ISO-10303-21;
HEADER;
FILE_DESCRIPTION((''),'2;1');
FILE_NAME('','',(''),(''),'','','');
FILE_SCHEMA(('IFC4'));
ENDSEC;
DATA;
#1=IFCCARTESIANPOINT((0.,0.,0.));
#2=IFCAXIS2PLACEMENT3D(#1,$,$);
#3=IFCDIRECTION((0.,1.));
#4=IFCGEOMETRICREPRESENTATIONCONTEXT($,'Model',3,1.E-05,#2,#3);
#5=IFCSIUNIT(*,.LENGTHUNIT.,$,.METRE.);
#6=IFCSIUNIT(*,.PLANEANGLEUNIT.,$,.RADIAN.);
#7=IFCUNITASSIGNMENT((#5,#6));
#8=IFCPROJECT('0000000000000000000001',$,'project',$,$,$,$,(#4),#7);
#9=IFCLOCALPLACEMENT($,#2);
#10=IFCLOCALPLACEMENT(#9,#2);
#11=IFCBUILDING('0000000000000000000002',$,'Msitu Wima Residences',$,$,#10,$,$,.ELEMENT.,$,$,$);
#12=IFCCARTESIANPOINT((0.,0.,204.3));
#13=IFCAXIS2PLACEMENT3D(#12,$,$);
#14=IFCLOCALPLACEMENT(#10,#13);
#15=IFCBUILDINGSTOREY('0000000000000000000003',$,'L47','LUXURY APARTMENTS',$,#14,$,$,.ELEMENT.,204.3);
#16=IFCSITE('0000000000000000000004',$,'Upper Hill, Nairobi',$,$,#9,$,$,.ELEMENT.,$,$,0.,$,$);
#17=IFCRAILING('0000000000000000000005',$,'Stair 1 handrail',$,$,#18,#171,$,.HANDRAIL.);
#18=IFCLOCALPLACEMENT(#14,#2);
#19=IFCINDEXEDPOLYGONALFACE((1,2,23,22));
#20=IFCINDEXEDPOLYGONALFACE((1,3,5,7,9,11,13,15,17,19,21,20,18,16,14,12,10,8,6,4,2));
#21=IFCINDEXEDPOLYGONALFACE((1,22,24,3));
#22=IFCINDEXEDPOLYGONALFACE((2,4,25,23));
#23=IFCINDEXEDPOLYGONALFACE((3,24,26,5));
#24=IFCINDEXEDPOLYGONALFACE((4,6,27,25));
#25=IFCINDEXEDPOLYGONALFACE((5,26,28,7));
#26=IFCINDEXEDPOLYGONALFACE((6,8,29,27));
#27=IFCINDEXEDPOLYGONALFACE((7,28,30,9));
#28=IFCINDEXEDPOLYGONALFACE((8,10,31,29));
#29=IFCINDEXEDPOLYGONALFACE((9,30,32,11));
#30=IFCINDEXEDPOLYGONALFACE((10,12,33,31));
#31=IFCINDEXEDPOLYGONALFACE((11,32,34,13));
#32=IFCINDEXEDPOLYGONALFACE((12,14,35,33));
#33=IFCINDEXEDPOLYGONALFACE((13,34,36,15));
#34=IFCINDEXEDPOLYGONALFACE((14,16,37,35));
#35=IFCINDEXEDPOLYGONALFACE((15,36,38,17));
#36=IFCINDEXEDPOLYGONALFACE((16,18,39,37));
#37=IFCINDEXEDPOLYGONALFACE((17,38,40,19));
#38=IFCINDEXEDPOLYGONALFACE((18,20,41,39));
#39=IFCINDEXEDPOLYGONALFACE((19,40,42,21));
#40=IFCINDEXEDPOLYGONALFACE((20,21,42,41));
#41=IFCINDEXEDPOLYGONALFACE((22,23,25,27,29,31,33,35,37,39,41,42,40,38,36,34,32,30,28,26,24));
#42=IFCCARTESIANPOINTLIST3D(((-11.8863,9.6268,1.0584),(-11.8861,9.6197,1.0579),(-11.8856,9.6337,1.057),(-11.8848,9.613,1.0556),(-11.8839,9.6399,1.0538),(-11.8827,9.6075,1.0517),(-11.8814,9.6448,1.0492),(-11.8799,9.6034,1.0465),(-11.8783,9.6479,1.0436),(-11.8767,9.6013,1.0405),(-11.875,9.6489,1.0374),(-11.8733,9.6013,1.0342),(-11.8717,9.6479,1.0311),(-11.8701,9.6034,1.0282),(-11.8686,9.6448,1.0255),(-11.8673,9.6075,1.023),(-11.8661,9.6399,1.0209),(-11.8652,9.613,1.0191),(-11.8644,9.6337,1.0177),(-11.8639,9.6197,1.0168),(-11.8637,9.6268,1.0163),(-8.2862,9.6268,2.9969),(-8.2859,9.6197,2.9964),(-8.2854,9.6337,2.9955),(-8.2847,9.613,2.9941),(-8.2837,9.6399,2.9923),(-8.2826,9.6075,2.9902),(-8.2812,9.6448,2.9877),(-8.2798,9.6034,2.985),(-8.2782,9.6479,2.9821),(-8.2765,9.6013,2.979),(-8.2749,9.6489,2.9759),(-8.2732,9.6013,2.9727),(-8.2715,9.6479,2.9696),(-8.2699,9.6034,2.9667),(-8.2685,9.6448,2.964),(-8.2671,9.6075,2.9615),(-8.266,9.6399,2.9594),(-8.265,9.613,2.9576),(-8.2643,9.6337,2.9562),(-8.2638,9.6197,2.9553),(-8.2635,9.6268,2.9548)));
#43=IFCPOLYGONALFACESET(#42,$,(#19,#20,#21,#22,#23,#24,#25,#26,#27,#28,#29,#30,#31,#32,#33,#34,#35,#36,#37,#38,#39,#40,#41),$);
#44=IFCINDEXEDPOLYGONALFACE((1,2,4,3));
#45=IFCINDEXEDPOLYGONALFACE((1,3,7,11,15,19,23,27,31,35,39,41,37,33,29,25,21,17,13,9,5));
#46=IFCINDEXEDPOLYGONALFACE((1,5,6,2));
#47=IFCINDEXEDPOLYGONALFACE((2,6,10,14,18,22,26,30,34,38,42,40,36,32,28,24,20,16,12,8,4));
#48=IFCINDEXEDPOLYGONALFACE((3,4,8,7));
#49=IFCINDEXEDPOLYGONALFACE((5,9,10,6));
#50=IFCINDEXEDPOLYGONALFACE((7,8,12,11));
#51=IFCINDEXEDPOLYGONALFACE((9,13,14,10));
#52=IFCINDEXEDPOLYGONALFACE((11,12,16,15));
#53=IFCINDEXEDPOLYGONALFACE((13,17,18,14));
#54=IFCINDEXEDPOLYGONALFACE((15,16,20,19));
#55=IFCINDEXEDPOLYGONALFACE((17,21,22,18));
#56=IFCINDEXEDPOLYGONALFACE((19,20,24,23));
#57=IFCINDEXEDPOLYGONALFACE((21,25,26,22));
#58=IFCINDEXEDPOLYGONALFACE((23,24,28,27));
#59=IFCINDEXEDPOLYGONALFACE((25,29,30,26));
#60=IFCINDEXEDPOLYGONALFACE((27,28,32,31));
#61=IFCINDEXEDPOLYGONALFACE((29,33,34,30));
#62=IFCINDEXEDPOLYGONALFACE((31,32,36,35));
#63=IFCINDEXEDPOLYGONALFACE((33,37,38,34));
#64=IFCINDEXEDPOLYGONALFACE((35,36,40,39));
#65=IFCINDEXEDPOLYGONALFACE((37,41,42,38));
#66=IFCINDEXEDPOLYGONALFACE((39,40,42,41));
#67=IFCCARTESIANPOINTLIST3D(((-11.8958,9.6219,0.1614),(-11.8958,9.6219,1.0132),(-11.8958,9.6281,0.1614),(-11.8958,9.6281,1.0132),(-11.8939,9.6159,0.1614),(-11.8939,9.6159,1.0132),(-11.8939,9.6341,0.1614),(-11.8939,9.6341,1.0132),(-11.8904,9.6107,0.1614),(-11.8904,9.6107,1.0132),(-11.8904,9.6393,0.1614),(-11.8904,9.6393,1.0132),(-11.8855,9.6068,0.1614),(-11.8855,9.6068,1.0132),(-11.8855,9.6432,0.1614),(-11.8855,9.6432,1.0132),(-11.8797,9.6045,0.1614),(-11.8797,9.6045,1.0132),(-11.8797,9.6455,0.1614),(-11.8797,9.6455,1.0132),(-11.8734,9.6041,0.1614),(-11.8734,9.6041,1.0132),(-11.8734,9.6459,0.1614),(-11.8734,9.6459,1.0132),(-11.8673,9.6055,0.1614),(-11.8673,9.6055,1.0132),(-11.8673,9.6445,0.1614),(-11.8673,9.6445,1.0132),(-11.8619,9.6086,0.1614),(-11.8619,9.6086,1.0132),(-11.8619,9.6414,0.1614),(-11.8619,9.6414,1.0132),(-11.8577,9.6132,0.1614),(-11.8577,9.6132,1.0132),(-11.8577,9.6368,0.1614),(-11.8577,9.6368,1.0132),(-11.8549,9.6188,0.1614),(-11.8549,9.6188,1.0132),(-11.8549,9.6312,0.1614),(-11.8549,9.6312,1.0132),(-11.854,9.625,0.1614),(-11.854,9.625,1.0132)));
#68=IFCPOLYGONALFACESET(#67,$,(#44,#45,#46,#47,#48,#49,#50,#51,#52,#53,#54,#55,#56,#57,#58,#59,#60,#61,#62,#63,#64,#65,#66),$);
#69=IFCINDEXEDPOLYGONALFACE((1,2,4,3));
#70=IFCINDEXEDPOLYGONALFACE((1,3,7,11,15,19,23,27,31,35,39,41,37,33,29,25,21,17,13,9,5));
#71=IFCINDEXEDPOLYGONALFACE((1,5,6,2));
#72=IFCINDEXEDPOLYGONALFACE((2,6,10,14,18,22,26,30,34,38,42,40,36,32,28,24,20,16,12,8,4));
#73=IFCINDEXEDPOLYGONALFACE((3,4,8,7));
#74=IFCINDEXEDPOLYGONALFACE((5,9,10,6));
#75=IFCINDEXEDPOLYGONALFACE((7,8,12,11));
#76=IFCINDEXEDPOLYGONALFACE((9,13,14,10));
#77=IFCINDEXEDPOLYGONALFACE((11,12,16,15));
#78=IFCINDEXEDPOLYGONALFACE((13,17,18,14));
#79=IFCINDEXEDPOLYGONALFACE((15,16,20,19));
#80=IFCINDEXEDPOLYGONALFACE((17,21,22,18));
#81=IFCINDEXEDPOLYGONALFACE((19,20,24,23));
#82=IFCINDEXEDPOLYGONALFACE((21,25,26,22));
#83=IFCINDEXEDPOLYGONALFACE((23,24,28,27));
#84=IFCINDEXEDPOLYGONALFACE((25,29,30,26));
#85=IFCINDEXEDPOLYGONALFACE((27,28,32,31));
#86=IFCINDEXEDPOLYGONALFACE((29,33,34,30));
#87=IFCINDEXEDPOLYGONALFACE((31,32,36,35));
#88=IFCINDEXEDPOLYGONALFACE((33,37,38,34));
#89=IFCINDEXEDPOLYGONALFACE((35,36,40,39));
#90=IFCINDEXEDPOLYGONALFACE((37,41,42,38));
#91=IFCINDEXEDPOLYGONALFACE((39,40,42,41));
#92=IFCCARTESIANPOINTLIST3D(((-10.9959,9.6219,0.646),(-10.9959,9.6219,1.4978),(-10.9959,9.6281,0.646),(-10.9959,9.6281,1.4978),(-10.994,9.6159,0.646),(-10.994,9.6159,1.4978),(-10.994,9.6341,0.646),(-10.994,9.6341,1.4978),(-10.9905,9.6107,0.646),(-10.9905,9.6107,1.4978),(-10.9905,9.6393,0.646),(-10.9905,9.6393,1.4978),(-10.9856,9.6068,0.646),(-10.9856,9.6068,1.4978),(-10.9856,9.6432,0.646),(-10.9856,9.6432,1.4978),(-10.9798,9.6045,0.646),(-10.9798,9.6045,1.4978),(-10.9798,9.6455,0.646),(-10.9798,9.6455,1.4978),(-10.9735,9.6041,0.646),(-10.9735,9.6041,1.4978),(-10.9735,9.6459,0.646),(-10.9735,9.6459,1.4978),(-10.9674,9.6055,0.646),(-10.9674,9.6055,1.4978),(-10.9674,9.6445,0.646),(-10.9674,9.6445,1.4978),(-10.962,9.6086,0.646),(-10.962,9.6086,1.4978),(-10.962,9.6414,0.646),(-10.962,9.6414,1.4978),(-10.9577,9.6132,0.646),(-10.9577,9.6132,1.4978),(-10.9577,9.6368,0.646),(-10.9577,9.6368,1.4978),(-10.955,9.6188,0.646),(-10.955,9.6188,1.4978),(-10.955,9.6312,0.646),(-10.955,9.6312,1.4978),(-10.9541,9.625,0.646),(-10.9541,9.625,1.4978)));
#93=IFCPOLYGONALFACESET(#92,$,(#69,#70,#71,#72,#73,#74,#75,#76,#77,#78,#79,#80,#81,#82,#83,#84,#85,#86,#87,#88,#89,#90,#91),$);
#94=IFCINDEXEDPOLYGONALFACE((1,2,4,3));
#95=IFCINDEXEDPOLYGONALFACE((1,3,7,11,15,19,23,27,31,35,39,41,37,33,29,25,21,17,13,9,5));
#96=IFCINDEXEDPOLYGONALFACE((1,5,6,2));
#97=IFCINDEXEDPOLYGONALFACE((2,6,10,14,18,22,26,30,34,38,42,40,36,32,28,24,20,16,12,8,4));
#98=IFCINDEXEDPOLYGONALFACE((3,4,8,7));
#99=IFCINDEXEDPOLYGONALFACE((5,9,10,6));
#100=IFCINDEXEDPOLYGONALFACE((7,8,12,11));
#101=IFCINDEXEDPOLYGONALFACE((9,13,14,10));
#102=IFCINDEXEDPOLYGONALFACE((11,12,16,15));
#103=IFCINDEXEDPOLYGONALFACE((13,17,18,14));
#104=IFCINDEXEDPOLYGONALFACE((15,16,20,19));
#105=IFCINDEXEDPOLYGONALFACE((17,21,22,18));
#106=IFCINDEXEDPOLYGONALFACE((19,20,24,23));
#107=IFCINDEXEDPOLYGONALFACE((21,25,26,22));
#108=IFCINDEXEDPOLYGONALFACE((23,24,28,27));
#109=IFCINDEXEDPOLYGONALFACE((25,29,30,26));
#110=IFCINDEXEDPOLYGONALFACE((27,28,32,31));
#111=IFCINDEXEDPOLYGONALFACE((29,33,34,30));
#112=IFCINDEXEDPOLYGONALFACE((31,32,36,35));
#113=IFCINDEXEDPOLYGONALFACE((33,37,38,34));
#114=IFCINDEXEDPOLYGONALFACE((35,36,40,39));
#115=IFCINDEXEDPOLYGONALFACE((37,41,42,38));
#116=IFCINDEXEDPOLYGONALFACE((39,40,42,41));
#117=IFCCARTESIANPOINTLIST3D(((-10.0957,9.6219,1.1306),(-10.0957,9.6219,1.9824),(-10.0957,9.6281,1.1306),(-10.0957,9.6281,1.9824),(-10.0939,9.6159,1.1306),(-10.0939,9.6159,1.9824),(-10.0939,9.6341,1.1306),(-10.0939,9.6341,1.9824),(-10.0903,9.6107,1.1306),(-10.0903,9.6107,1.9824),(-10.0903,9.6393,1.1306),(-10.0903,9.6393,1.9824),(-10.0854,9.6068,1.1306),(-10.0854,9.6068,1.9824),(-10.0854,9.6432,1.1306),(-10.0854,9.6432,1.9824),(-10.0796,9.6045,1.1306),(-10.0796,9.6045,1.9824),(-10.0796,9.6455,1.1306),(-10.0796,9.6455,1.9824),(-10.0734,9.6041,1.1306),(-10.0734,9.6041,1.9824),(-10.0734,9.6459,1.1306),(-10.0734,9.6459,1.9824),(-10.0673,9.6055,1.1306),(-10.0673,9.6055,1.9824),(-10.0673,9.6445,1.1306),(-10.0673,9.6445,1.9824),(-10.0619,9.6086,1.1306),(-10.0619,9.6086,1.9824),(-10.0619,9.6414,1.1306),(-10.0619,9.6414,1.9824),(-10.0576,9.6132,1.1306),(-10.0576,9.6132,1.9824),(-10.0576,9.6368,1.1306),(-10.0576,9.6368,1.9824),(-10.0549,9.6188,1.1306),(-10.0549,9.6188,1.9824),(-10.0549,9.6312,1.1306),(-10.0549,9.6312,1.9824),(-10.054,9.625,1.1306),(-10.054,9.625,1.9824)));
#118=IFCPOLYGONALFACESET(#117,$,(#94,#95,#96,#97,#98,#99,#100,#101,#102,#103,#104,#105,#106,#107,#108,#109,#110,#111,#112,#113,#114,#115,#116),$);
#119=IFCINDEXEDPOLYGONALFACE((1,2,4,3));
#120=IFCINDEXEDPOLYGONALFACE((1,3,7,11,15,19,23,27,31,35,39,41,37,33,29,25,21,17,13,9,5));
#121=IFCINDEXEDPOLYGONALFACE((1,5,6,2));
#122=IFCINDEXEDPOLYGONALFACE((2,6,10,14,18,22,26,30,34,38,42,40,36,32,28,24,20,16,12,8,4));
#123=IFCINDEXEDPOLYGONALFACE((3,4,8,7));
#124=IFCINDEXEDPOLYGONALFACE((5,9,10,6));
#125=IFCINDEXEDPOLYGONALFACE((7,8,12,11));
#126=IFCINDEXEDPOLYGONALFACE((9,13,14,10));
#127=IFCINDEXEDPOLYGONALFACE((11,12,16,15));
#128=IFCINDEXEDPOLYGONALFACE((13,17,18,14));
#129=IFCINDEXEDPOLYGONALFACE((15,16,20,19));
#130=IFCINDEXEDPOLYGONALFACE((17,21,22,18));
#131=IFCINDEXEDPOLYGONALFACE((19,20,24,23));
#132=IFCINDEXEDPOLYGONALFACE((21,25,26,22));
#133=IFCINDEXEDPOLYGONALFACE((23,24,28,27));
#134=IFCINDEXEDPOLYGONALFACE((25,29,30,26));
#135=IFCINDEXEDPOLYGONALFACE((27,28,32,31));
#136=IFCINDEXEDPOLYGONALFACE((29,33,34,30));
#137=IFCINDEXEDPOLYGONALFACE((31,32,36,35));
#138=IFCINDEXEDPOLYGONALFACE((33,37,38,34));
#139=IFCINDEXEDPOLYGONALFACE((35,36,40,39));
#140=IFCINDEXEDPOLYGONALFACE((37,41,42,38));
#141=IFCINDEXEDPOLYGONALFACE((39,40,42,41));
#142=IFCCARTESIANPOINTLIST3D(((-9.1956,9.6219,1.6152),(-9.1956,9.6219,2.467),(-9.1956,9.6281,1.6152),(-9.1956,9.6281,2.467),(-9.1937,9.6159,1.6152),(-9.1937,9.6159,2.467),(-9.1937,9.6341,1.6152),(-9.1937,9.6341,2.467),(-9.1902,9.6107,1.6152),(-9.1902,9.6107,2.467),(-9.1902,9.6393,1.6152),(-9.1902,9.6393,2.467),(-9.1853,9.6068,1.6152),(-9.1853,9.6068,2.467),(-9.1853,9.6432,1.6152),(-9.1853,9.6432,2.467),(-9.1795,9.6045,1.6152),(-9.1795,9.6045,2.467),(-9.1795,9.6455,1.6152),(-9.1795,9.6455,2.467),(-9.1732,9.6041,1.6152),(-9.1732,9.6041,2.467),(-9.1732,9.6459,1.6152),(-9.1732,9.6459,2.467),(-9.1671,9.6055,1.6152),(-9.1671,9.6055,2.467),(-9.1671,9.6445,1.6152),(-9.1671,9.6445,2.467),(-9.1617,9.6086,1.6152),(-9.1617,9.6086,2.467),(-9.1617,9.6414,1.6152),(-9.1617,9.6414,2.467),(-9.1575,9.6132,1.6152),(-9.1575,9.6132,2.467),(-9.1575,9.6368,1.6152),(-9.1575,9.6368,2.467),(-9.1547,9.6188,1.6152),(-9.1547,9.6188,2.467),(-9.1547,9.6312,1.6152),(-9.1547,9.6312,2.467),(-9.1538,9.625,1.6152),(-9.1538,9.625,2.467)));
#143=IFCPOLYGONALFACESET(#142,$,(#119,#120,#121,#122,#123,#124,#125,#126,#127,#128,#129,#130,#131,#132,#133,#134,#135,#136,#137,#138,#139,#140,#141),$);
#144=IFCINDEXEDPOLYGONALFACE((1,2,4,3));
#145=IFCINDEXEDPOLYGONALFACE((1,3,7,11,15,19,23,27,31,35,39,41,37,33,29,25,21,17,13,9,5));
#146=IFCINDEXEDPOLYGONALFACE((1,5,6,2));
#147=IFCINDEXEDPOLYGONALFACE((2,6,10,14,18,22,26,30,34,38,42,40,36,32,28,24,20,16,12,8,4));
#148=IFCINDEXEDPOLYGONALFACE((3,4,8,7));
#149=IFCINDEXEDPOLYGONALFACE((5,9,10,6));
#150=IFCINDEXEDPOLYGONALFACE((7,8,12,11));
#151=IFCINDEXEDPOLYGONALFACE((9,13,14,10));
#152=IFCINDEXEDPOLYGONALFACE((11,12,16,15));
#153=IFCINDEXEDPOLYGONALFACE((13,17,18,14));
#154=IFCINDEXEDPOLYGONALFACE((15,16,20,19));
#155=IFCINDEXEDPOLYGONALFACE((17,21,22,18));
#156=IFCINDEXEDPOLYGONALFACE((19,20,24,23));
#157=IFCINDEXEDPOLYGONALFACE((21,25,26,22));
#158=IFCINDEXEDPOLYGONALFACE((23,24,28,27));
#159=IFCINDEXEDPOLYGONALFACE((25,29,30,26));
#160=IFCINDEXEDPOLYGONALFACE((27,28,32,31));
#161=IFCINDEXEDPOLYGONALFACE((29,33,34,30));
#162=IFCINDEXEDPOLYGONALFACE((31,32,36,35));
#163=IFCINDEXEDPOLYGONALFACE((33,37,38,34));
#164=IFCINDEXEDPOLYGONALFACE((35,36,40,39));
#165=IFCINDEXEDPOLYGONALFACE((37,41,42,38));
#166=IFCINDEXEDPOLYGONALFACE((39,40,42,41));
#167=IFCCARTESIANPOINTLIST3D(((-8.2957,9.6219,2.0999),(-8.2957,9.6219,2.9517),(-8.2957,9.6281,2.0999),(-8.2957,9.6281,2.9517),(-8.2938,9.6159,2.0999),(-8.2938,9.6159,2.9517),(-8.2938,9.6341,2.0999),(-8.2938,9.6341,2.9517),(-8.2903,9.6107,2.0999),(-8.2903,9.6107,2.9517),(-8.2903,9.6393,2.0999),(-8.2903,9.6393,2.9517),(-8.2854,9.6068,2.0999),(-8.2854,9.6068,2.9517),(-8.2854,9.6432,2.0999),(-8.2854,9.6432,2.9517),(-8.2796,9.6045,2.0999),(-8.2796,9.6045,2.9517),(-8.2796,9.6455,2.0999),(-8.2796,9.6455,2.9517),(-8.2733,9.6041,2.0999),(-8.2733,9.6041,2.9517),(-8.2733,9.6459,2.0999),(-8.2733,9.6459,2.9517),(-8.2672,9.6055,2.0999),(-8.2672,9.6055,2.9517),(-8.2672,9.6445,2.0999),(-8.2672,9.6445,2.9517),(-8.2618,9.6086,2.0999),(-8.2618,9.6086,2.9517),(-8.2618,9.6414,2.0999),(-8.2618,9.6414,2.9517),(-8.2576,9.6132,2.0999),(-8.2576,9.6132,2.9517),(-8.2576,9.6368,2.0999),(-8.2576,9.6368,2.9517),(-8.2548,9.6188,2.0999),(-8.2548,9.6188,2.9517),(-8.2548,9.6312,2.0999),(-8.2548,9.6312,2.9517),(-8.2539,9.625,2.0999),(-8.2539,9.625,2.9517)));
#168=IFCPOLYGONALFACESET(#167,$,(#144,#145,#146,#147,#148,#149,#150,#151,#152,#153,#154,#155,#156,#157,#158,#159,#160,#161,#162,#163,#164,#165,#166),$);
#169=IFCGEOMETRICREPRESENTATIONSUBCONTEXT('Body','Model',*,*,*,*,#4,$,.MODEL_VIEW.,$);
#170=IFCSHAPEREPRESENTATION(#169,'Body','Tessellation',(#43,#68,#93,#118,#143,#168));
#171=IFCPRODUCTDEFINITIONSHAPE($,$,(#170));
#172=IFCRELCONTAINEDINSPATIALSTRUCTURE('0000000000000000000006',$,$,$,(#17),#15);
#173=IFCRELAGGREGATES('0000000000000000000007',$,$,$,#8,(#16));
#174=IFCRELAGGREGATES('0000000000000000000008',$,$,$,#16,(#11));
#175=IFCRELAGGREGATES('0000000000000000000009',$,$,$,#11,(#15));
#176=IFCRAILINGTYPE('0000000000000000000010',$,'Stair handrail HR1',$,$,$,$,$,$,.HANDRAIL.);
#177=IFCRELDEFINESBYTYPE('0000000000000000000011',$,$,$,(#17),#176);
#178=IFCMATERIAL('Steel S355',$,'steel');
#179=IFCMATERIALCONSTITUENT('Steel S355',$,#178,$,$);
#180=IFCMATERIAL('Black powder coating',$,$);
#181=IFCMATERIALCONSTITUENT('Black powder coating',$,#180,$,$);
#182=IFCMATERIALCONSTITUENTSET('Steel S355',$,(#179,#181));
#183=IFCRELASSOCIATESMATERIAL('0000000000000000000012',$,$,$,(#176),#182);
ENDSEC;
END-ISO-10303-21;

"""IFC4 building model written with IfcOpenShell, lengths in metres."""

from ifc_helpers import new_model, si_unit, direction, frame, origin, origin_2d, place, context, subcontext, project, spatial, circle, extrude, material, constituent, constituent_set, type_object, element, save


model = new_model("IFC4")

# Units and contexts
model_context = context("Model", 3, precision=1e-05, world=origin(), true_north=direction((0.0, 1.0)))
body_context = subcontext(model_context, "Body", "Model", "MODEL_VIEW")
ifc_project = project(units=[si_unit("LENGTHUNIT", "METRE"), si_unit("PLANEANGLEUNIT", "RADIAN")], contexts=[model_context])

# Site, building, storey
site_placement = place(None, origin())
site = spatial("IfcSite", under=ifc_project, at=site_placement, Name="Upper Hill, Nairobi", CompositionType="ELEMENT", RefElevation=0.0)
building_placement = place(site_placement, origin())
building = spatial("IfcBuilding", under=site, at=building_placement, Name="Msitu Wima Residences", CompositionType="ELEMENT")
storey_placement = place(building_placement, frame((0.0, 0.0, 204.3)))
storey = spatial("IfcBuildingStorey", under=building, at=storey_placement, Name="L47", Description="LUXURY APARTMENTS", CompositionType="ELEMENT", Elevation=204.3)

# Railing
ifc_material_1 = material(Name="Steel S355", Category="steel")
ifc_constituent_1 = constituent(ifc_material_1, Name="Steel S355")
ifc_material_2 = material(Name="Black powder coating")
ifc_constituent_2 = constituent(ifc_material_2, Name="Black powder coating")
ifc_constituent_set = constituent_set(constituents=[ifc_constituent_1, ifc_constituent_2], Name="Steel S355")
railing_type = type_object("IfcRailingType", Name="Stair handrail HR1", PredefinedType="HANDRAIL", material=ifc_constituent_set)
for number, where, name in (
    (1, (-11.875, 9.625, 0.1614), "Stair 1 handrail"),
):
    element("IfcRailing", number, at=place(storey_placement, frame(where)), inside=storey, type_object=railing_type, Name=name, PredefinedType="HANDRAIL", context=body_context, shape_type="SweptSolid", body=[
        extrude(circle(Radius=0.0239, at=origin_2d()), frame((0.0, 0.0, 0.876), z_axis=(0.880475, 0.0, 0.474093), x_axis=(0.0, 1.0, 0.0)), (0.0, 0.0, 1.0), 4.0889),
        extrude(circle(Radius=0.021, at=origin_2d()), origin(), (0.0, 0.0, 1.0), 0.8518),
        extrude(circle(Radius=0.021, at=origin_2d()), frame((0.8999, 0.0, 0.4846)), (0.0, 0.0, 1.0), 0.8518),
        extrude(circle(Radius=0.021, at=origin_2d()), frame((1.8, 0.0, 0.9692)), (0.0, 0.0, 1.0), 0.8518),
        extrude(circle(Radius=0.021, at=origin_2d()), frame((2.7002, 0.0, 1.4539)), (0.0, 0.0, 1.0), 0.8518),
        extrude(circle(Radius=0.021, at=origin_2d()), frame((3.6001, 0.0, 1.9385)), (0.0, 0.0, 1.0), 0.8518),
    ])

save(model, "model.ifc")
